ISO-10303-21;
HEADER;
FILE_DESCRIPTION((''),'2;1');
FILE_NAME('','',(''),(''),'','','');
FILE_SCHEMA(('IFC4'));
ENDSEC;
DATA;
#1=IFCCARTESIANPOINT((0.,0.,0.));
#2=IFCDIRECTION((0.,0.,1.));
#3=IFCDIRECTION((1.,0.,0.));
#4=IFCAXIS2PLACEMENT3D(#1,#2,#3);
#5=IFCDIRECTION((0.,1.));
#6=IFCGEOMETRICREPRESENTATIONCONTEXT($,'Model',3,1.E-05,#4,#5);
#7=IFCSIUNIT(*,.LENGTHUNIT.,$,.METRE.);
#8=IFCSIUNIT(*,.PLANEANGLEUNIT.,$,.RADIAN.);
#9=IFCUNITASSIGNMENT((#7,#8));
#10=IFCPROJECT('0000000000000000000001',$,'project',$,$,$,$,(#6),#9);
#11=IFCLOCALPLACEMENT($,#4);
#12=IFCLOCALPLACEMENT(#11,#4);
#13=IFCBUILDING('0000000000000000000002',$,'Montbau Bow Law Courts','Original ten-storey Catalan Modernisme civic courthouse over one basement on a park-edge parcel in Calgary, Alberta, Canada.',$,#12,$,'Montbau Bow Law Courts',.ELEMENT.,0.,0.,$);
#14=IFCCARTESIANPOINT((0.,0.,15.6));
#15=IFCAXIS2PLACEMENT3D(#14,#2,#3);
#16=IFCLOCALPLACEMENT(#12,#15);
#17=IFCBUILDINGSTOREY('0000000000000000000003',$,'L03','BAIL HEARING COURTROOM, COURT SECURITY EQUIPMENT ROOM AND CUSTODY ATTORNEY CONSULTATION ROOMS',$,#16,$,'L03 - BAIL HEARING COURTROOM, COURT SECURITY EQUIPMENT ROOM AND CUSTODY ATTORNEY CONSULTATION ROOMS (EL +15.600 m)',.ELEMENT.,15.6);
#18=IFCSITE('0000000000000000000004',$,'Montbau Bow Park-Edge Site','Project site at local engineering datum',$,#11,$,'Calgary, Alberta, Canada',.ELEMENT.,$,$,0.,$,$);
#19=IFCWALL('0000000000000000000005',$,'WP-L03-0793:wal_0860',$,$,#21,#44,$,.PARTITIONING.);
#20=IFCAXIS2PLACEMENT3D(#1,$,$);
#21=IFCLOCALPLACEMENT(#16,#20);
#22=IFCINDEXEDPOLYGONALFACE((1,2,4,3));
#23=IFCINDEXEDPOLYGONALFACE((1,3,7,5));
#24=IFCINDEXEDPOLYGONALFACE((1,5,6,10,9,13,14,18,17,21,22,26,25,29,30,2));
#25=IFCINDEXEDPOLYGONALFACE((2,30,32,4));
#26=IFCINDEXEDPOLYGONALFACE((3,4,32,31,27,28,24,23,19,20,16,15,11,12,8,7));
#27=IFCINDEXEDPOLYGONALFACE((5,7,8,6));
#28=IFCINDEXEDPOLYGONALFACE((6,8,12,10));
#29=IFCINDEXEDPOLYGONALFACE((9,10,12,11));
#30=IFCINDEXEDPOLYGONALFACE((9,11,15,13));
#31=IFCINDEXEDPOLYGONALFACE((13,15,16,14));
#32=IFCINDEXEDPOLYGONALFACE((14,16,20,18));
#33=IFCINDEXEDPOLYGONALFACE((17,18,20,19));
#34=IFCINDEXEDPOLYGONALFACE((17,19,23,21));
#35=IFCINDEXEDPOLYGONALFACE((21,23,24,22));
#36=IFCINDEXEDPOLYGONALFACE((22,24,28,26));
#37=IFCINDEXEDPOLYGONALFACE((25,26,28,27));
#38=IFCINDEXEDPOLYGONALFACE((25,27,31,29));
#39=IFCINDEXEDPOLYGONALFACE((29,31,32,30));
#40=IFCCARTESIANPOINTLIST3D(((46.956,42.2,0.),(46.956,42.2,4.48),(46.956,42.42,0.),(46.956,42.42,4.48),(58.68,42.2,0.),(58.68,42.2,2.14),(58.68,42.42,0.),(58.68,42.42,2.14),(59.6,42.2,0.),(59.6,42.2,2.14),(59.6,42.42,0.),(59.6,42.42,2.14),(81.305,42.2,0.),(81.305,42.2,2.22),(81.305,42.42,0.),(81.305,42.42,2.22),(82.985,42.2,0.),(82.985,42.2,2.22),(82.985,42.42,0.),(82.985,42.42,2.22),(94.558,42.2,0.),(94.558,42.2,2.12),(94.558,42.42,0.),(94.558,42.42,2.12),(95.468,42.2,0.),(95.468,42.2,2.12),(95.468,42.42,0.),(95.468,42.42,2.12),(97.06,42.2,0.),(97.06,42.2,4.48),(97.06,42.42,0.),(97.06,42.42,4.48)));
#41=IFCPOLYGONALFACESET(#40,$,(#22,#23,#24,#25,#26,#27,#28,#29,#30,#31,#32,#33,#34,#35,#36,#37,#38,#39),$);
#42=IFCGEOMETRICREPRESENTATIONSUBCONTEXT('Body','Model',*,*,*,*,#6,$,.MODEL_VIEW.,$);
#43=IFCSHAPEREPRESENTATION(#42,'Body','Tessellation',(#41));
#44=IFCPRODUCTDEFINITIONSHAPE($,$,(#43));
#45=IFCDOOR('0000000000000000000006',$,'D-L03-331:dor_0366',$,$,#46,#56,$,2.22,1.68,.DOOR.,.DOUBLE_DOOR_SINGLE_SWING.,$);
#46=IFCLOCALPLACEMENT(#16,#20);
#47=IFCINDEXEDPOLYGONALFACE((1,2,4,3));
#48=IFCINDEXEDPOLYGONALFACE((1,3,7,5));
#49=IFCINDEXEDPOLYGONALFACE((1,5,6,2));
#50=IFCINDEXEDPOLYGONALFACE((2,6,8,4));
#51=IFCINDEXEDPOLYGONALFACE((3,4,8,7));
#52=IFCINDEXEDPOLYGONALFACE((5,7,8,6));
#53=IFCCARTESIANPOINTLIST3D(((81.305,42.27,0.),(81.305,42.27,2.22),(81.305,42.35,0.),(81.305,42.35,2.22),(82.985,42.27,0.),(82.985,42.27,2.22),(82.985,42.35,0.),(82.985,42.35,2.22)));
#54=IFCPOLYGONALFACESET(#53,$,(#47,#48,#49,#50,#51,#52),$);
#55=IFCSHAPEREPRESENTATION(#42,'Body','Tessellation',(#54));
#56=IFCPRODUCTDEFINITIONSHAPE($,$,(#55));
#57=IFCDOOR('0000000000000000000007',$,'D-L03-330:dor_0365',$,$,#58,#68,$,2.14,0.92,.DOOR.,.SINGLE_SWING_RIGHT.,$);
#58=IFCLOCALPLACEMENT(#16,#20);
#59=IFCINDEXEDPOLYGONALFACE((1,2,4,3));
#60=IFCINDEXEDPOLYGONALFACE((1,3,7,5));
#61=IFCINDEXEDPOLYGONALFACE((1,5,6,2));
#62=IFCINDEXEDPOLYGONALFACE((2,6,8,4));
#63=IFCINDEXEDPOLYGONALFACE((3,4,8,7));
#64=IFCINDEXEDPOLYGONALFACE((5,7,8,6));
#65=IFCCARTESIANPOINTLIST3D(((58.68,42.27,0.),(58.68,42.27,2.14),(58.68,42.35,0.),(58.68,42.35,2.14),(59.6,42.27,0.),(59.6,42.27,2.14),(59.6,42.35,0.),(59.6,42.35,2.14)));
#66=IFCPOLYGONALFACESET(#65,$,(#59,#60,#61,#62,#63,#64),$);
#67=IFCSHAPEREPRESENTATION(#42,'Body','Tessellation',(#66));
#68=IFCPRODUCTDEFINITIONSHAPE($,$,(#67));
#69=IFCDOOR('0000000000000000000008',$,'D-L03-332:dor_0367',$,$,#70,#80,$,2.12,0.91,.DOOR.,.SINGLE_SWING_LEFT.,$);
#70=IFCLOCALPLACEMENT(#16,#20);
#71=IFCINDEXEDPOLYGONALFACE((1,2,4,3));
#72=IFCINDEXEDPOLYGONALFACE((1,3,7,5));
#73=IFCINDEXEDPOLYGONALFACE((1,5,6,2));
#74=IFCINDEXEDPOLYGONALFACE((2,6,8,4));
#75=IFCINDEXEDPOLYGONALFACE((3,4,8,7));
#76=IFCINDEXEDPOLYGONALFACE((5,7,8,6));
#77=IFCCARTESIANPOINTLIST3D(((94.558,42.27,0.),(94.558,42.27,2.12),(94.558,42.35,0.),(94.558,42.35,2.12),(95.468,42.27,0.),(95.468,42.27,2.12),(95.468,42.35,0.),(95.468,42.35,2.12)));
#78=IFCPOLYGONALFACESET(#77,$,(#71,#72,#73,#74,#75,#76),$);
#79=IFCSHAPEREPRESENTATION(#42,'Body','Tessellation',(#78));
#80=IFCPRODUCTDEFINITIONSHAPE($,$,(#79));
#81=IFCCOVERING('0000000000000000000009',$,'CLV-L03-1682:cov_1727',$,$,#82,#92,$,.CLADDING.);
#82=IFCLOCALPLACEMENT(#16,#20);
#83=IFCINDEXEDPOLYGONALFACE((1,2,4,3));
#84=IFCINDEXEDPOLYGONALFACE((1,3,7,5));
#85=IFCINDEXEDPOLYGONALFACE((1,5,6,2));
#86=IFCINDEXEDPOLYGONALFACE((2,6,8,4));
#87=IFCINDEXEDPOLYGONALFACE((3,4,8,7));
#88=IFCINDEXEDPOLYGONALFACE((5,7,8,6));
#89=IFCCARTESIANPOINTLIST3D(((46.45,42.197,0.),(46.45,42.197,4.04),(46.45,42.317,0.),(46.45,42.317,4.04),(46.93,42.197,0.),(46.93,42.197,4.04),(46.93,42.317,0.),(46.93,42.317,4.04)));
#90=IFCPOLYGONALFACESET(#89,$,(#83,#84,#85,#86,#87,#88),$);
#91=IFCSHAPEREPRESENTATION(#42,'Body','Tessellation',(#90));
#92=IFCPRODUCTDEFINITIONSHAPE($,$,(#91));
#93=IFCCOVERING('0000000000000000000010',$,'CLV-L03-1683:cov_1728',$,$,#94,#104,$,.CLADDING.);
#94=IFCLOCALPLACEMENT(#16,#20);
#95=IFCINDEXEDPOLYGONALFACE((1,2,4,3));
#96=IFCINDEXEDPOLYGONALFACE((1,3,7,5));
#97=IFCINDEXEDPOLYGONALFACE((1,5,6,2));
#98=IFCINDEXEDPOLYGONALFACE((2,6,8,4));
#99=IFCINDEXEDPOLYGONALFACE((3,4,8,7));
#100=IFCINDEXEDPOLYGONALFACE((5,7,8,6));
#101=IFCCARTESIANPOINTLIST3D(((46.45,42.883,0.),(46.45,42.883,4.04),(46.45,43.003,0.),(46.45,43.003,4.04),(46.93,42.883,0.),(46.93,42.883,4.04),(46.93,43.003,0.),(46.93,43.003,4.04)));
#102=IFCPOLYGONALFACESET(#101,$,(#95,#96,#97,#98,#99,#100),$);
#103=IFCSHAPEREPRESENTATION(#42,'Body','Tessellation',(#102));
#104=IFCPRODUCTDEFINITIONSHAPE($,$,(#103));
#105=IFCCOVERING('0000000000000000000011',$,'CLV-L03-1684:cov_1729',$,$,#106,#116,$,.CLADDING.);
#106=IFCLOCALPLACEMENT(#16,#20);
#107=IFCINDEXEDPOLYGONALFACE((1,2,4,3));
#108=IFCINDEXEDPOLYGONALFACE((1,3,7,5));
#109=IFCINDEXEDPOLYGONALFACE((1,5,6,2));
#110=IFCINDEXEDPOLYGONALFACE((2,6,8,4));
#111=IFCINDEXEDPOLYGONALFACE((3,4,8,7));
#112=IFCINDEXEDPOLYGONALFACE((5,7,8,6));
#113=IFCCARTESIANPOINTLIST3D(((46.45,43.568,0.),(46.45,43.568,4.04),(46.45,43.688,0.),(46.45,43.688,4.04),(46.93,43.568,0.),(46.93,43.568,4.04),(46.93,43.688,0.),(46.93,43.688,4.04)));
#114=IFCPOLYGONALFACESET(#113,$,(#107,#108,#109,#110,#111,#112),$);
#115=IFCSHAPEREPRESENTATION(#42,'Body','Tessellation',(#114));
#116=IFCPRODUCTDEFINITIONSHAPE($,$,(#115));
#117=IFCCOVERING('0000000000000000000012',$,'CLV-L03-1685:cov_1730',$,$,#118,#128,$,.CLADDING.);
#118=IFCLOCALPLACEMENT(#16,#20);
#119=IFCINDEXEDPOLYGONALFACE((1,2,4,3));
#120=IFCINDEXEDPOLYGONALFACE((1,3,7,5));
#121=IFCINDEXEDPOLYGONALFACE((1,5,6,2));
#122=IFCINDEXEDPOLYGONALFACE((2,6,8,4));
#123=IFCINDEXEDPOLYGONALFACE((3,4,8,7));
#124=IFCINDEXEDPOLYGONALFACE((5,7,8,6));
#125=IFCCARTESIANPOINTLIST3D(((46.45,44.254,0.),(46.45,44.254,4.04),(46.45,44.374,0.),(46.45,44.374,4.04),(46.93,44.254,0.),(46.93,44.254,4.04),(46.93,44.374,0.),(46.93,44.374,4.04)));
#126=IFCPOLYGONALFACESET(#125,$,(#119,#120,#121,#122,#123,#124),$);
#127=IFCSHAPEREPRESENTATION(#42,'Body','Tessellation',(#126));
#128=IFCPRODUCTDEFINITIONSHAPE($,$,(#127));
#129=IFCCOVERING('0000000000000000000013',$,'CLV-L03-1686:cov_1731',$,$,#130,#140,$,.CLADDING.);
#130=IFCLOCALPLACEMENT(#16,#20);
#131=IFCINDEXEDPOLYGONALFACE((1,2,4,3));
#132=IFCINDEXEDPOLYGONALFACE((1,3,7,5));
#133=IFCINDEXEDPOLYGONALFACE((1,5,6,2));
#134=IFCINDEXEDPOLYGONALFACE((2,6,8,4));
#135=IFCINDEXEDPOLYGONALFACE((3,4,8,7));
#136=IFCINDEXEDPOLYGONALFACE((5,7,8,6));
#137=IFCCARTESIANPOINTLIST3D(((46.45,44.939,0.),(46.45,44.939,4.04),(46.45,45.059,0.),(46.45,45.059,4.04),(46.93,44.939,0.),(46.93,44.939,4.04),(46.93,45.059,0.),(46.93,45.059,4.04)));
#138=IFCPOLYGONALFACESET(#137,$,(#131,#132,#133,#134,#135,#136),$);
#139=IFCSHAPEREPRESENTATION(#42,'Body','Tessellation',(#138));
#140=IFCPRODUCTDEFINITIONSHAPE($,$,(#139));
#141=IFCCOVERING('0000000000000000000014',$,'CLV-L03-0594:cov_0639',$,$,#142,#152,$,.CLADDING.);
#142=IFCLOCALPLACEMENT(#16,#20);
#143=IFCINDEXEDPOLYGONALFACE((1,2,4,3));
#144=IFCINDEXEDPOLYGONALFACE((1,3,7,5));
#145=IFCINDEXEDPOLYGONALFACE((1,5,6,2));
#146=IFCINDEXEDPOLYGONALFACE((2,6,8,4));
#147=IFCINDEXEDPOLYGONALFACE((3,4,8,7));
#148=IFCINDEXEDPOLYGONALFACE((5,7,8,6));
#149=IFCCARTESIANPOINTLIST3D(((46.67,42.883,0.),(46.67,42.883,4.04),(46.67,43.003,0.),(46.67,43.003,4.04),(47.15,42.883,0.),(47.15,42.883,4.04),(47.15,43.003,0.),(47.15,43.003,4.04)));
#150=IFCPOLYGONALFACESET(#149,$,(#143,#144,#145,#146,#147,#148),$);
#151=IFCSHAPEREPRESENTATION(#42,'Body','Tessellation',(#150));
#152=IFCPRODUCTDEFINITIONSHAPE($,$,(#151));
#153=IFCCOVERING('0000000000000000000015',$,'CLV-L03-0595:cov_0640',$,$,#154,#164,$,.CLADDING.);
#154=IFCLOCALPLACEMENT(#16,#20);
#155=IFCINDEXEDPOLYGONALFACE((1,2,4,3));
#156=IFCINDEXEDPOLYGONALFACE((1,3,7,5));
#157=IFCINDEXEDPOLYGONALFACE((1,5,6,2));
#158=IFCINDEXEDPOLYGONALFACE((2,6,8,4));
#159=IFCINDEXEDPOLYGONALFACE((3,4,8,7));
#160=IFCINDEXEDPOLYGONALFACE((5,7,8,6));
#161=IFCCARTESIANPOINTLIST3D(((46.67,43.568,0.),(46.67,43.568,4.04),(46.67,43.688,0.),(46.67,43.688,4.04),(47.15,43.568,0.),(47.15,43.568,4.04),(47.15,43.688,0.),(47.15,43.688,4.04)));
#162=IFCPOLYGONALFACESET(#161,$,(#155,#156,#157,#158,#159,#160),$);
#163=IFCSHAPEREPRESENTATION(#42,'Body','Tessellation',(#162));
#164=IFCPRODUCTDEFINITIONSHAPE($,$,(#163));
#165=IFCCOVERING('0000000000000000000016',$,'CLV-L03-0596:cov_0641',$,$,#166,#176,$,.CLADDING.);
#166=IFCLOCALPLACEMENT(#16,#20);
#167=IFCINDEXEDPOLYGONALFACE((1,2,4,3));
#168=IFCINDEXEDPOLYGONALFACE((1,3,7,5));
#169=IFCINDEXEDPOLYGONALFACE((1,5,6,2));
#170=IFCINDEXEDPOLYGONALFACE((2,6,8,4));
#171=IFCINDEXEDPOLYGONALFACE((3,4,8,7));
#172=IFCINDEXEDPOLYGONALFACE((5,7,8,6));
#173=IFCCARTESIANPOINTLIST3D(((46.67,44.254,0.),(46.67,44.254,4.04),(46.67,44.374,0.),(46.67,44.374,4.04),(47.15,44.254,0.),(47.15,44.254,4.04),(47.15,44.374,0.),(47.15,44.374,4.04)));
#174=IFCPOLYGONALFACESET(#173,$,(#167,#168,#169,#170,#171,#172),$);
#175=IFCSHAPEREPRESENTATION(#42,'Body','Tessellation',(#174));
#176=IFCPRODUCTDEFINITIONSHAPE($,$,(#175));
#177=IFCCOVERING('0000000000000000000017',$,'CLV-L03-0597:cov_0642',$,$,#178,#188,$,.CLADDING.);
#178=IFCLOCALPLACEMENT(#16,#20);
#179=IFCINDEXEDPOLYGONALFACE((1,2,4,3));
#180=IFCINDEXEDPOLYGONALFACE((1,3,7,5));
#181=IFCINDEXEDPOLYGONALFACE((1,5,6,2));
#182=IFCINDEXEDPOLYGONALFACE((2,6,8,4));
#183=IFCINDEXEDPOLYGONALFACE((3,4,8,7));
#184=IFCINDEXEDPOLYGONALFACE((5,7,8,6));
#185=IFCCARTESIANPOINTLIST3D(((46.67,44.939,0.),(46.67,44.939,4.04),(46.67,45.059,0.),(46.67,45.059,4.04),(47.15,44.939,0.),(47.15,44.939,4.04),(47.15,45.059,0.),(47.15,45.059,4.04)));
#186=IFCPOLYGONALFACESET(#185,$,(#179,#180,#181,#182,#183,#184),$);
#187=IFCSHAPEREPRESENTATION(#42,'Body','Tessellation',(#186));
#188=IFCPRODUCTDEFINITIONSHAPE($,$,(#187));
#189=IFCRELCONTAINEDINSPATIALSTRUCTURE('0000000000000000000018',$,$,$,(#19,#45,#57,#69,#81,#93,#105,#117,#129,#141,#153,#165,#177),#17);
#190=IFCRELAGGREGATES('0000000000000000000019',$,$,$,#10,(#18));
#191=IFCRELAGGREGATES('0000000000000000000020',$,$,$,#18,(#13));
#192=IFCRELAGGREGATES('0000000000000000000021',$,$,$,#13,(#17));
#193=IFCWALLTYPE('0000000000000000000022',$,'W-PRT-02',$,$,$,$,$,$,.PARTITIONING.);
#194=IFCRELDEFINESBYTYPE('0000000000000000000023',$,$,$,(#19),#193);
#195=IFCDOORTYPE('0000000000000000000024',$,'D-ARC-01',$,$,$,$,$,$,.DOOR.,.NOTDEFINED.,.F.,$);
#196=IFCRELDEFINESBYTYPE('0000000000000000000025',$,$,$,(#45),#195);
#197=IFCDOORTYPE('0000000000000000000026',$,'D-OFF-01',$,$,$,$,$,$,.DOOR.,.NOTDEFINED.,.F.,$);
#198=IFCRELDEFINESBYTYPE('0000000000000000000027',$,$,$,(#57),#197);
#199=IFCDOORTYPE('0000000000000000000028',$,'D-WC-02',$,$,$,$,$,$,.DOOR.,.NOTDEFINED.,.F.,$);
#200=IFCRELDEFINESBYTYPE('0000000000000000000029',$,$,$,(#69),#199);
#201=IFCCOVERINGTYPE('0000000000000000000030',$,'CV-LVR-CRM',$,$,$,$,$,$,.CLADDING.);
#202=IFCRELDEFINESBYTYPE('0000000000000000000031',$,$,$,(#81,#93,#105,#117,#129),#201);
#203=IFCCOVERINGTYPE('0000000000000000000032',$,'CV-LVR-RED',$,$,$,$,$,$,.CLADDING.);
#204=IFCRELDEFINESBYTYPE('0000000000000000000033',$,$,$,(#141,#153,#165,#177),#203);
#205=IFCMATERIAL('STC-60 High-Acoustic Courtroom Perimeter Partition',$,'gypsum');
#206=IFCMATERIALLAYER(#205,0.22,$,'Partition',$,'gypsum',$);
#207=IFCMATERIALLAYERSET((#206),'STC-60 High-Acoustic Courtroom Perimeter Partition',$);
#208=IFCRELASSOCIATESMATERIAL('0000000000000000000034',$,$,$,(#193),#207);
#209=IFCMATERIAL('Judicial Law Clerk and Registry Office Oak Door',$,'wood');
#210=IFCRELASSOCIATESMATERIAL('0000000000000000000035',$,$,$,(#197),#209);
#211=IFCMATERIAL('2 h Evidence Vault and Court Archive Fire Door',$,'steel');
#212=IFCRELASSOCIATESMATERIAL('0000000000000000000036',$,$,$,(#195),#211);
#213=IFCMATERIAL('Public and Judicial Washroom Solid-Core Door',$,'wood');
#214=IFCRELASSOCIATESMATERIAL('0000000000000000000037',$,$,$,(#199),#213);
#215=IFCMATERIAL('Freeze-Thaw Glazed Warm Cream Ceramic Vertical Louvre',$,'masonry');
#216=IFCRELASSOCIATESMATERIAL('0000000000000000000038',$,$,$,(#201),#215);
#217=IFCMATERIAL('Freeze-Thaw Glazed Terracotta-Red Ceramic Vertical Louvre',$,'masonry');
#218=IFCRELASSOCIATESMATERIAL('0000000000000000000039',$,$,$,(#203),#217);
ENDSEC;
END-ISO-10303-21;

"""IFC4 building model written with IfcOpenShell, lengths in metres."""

from ifc_helpers import new_model, si_unit, direction, frame, frame_2d, origin_with_axes, place, context, subcontext, project, spatial, rectangle, extrude, material, layer, layer_set, type_object, element, fill, save


model = new_model("IFC4")

# Units and contexts
model_context = context("Model", 3, precision=1e-05, world=origin_with_axes(), true_north=direction((0.0, 1.0)))
body_context = subcontext(model_context, "Body", "Model", "MODEL_VIEW")
ifc_project = project(units=[si_unit("LENGTHUNIT", "METRE"), si_unit("PLANEANGLEUNIT", "RADIAN")], contexts=[model_context])

# Site, building, storey
site_placement = place(None, origin_with_axes())
site = spatial("IfcSite", under=ifc_project, at=site_placement, Name="Montbau Bow Park-Edge Site", Description="Project site at local engineering datum", LongName="Calgary, Alberta, Canada", CompositionType="ELEMENT", RefElevation=0.0)
building_placement = place(site_placement, origin_with_axes())
building = spatial("IfcBuilding", under=site, at=building_placement, Name="Montbau Bow Law Courts", Description="Original ten-storey Catalan Modernisme civic courthouse over one basement on a park-edge parcel in Calgary, Alberta, Canada.", LongName="Montbau Bow Law Courts", CompositionType="ELEMENT", ElevationOfRefHeight=0.0, ElevationOfTerrain=0.0)
storey_placement = place(building_placement, frame((0.0, 0.0, 15.6), z_axis=(0.0, 0.0, 1.0), x_axis=(1.0, 0.0, 0.0)))
storey = spatial("IfcBuildingStorey", under=building, at=storey_placement, Name="L03", Description="BAIL HEARING COURTROOM, COURT SECURITY EQUIPMENT ROOM AND CUSTODY ATTORNEY CONSULTATION ROOMS", LongName="L03 - BAIL HEARING COURTROOM, COURT SECURITY EQUIPMENT ROOM AND CUSTODY ATTORNEY CONSULTATION ROOMS (EL +15.600 m)", CompositionType="ELEMENT", Elevation=15.6)

# Shared definitions
ifc_material_1 = material(Name="STC-60 High-Acoustic Courtroom Perimeter Partition", Category="gypsum")
ifc_layer = layer(ifc_material_1, 0.22, Name="Partition", Category="gypsum")
ifc_layer_set = layer_set([ifc_layer], Name="STC-60 High-Acoustic Courtroom Perimeter Partition")
wall_type = type_object("IfcWallType", Name="W-PRT-02", PredefinedType="PARTITIONING", material=ifc_layer_set)
ifc_material_2 = material(Name="Judicial Law Clerk and Registry Office Oak Door", Category="wood")
door_type_1 = type_object("IfcDoorType", Name="D-OFF-01", OperationType="NOTDEFINED", ParameterTakesPrecedence=False, PredefinedType="DOOR", material=ifc_material_2)

# Wall, openings, doors
wall_1_placement = place(None, frame((46.956, 42.31, 15.6), z_axis=(0.0, 0.0, 1.0), x_axis=(1.0, 0.0, 0.0)))
wall_1 = element("IfcWall", 1, at=wall_1_placement, inside=storey, type_object=wall_type, Name="WP-L03-0793:wal_0860", PredefinedType="PARTITIONING", context=body_context, shape_type="SweptSolid", body=[
    extrude(rectangle(XDim=50.104, YDim=0.22, at=frame_2d((25.052, 0.0), x_axis=(1.0, 0.0))), origin_with_axes(), (0.0, 0.0, 1.0), 4.48),
])
opening_1_placement = place(None, frame((59.14, 42.31, 15.6), z_axis=(0.0, 0.0, 1.0), x_axis=(1.0, 0.0, 0.0)))
opening_1 = element("IfcOpeningElement", 2, at=opening_1_placement, cuts=wall_1, PredefinedType="OPENING", context=body_context, shape_type="SweptSolid", body=[
    extrude(rectangle(XDim=0.92, YDim=2.14, at=frame_2d((0.0, 1.07), x_axis=(1.0, 0.0))), frame((0.0, 0.12, 0.0), z_axis=(0.0, -1.0, 0.0), x_axis=(1.0, 0.0, 0.0)), (0.0, 0.0, 1.0), 0.24),
])
opening_2_placement = place(None, frame((82.145, 42.31, 15.6), z_axis=(0.0, 0.0, 1.0), x_axis=(1.0, 0.0, 0.0)))
opening_2 = element("IfcOpeningElement", 3, at=opening_2_placement, cuts=wall_1, PredefinedType="OPENING", context=body_context, shape_type="SweptSolid", body=[
    extrude(rectangle(XDim=1.68, YDim=2.22, at=frame_2d((0.0, 1.11), x_axis=(1.0, 0.0))), frame((0.0, 0.12, 0.0), z_axis=(0.0, -1.0, 0.0), x_axis=(1.0, 0.0, 0.0)), (0.0, 0.0, 1.0), 0.24),
])
opening_3_placement = place(None, frame((95.013, 42.31, 15.6), z_axis=(0.0, 0.0, 1.0), x_axis=(1.0, 0.0, 0.0)))
opening_3 = element("IfcOpeningElement", 4, at=opening_3_placement, cuts=wall_1, PredefinedType="OPENING", context=body_context, shape_type="SweptSolid", body=[
    extrude(rectangle(XDim=0.91, YDim=2.12, at=frame_2d((0.0, 1.06), x_axis=(1.0, 0.0))), frame((0.0, 0.12, 0.0), z_axis=(0.0, -1.0, 0.0), x_axis=(1.0, 0.0, 0.0)), (0.0, 0.0, 1.0), 0.24),
])
ifc_material_3 = material(Name="2 h Evidence Vault and Court Archive Fire Door", Category="steel")
door_type_2 = type_object("IfcDoorType", Name="D-ARC-01", OperationType="NOTDEFINED", ParameterTakesPrecedence=False, PredefinedType="DOOR", material=ifc_material_3)
door_1_placement = place(None, frame((82.145, 42.31, 15.6), z_axis=(0.0, 0.0, 1.0), x_axis=(1.0, 0.0, 0.0)))
door_1 = element("IfcDoor", 5, at=door_1_placement, inside=storey, type_object=door_type_2, Name="D-L03-331:dor_0366", OperationType="DOUBLE_DOOR_SINGLE_SWING", OverallHeight=2.22, OverallWidth=1.68, PredefinedType="DOOR", context=body_context, shape_type="SweptSolid", body=[
    extrude(rectangle(XDim=1.68, YDim=2.22, at=frame_2d((0.0, 1.11), x_axis=(1.0, 0.0))), frame((0.0, 0.04, 0.0), z_axis=(0.0, -1.0, 0.0), x_axis=(1.0, 0.0, 0.0)), (0.0, 0.0, 1.0), 0.08),
])
fill(opening_2, door_1)
door_2_placement = place(None, frame((59.14, 42.31, 15.6), z_axis=(0.0, 0.0, 1.0), x_axis=(1.0, 0.0, 0.0)))
door_2 = element("IfcDoor", 6, at=door_2_placement, inside=storey, type_object=door_type_1, Name="D-L03-330:dor_0365", OperationType="SINGLE_SWING_RIGHT", OverallHeight=2.14, OverallWidth=0.92, PredefinedType="DOOR", context=body_context, shape_type="SweptSolid", body=[
    extrude(rectangle(XDim=0.92, YDim=2.14, at=frame_2d((0.0, 1.07), x_axis=(1.0, 0.0))), frame((0.0, 0.04, 0.0), z_axis=(0.0, -1.0, 0.0), x_axis=(1.0, 0.0, 0.0)), (0.0, 0.0, 1.0), 0.08),
])
fill(opening_1, door_2)
ifc_material_4 = material(Name="Public and Judicial Washroom Solid-Core Door", Category="wood")
door_type_3 = type_object("IfcDoorType", Name="D-WC-02", OperationType="NOTDEFINED", ParameterTakesPrecedence=False, PredefinedType="DOOR", material=ifc_material_4)
door_3_placement = place(None, frame((95.013, 42.31, 15.6), z_axis=(0.0, 0.0, 1.0), x_axis=(1.0, 0.0, 0.0)))
door_3 = element("IfcDoor", 7, at=door_3_placement, inside=storey, type_object=door_type_3, Name="D-L03-332:dor_0367", OperationType="SINGLE_SWING_LEFT", OverallHeight=2.12, OverallWidth=0.91, PredefinedType="DOOR", context=body_context, shape_type="SweptSolid", body=[
    extrude(rectangle(XDim=0.91, YDim=2.12, at=frame_2d((0.0, 1.06), x_axis=(1.0, 0.0))), frame((0.0, 0.04, 0.0), z_axis=(0.0, -1.0, 0.0), x_axis=(1.0, 0.0, 0.0)), (0.0, 0.0, 1.0), 0.08),
])
fill(opening_3, door_3)

# Coverings
ifc_material_5 = material(Name="Freeze-Thaw Glazed Warm Cream Ceramic Vertical Louvre", Category="masonry")
covering_type_1 = type_object("IfcCoveringType", Name="CV-LVR-CRM", PredefinedType="CLADDING", material=ifc_material_5)
for number, where, z_axis, x_axis, name in (
    (8, (46.93, 42.257, 15.6), (0.0, 1.0, 0.0), (-1.0, 0.0, 0.0), "CLV-L03-1682:cov_1727"),
    (9, (46.93, 42.943, 15.6), (0.0, 1.0, 0.0), (-1.0, 0.0, 0.0), "CLV-L03-1683:cov_1728"),
    (10, (46.93, 43.628, 15.6), (0.0, 1.0, 0.0), (-1.0, 0.0, 0.0), "CLV-L03-1684:cov_1729"),
    (11, (46.93, 44.314, 15.6), (0.0, 1.0, 0.0), (-1.0, 0.0, 0.0), "CLV-L03-1685:cov_1730"),
    (12, (46.93, 44.999, 15.6), (0.0, 1.0, 0.0), (-1.0, 0.0, 0.0), "CLV-L03-1686:cov_1731"),
):
    element("IfcCovering", number, at=place(None, frame(where, z_axis=z_axis, x_axis=x_axis)), inside=storey, type_object=covering_type_1, Name=name, PredefinedType="CLADDING", context=body_context, shape_type="SweptSolid", body=[
        extrude(rectangle(XDim=0.48, YDim=4.04, at=frame_2d((0.24, 2.02), x_axis=(1.0, 0.0))), frame((0.0, 0.0, -0.06), z_axis=(0.0, 0.0, 1.0), x_axis=(1.0, 0.0, 0.0)), (0.0, 0.0, 1.0), 0.12),
    ])
ifc_material_6 = material(Name="Freeze-Thaw Glazed Terracotta-Red Ceramic Vertical Louvre", Category="masonry")
covering_type_2 = type_object("IfcCoveringType", Name="CV-LVR-RED", PredefinedType="CLADDING", material=ifc_material_6)
for number, where, z_axis, x_axis, name in (
    (13, (46.67, 42.943, 15.6), (0.0, -1.0, 0.0), (1.0, 0.0, 0.0), "CLV-L03-0594:cov_0639"),
    (14, (46.67, 43.628, 15.6), (0.0, -1.0, 0.0), (1.0, 0.0, 0.0), "CLV-L03-0595:cov_0640"),
    (15, (46.67, 44.314, 15.6), (0.0, -1.0, 0.0), (1.0, 0.0, 0.0), "CLV-L03-0596:cov_0641"),
    (16, (46.67, 44.999, 15.6), (0.0, -1.0, 0.0), (1.0, 0.0, 0.0), "CLV-L03-0597:cov_0642"),
):
    element("IfcCovering", number, at=place(None, frame(where, z_axis=z_axis, x_axis=x_axis)), inside=storey, type_object=covering_type_2, Name=name, PredefinedType="CLADDING", context=body_context, shape_type="SweptSolid", body=[
        extrude(rectangle(XDim=0.48, YDim=4.04, at=frame_2d((0.24, 2.02), x_axis=(1.0, 0.0))), frame((0.0, 0.0, -0.06), z_axis=(0.0, 0.0, 1.0), x_axis=(1.0, 0.0, 0.0)), (0.0, 0.0, 1.0), 0.12),
    ])

save(model, "model.ifc")
